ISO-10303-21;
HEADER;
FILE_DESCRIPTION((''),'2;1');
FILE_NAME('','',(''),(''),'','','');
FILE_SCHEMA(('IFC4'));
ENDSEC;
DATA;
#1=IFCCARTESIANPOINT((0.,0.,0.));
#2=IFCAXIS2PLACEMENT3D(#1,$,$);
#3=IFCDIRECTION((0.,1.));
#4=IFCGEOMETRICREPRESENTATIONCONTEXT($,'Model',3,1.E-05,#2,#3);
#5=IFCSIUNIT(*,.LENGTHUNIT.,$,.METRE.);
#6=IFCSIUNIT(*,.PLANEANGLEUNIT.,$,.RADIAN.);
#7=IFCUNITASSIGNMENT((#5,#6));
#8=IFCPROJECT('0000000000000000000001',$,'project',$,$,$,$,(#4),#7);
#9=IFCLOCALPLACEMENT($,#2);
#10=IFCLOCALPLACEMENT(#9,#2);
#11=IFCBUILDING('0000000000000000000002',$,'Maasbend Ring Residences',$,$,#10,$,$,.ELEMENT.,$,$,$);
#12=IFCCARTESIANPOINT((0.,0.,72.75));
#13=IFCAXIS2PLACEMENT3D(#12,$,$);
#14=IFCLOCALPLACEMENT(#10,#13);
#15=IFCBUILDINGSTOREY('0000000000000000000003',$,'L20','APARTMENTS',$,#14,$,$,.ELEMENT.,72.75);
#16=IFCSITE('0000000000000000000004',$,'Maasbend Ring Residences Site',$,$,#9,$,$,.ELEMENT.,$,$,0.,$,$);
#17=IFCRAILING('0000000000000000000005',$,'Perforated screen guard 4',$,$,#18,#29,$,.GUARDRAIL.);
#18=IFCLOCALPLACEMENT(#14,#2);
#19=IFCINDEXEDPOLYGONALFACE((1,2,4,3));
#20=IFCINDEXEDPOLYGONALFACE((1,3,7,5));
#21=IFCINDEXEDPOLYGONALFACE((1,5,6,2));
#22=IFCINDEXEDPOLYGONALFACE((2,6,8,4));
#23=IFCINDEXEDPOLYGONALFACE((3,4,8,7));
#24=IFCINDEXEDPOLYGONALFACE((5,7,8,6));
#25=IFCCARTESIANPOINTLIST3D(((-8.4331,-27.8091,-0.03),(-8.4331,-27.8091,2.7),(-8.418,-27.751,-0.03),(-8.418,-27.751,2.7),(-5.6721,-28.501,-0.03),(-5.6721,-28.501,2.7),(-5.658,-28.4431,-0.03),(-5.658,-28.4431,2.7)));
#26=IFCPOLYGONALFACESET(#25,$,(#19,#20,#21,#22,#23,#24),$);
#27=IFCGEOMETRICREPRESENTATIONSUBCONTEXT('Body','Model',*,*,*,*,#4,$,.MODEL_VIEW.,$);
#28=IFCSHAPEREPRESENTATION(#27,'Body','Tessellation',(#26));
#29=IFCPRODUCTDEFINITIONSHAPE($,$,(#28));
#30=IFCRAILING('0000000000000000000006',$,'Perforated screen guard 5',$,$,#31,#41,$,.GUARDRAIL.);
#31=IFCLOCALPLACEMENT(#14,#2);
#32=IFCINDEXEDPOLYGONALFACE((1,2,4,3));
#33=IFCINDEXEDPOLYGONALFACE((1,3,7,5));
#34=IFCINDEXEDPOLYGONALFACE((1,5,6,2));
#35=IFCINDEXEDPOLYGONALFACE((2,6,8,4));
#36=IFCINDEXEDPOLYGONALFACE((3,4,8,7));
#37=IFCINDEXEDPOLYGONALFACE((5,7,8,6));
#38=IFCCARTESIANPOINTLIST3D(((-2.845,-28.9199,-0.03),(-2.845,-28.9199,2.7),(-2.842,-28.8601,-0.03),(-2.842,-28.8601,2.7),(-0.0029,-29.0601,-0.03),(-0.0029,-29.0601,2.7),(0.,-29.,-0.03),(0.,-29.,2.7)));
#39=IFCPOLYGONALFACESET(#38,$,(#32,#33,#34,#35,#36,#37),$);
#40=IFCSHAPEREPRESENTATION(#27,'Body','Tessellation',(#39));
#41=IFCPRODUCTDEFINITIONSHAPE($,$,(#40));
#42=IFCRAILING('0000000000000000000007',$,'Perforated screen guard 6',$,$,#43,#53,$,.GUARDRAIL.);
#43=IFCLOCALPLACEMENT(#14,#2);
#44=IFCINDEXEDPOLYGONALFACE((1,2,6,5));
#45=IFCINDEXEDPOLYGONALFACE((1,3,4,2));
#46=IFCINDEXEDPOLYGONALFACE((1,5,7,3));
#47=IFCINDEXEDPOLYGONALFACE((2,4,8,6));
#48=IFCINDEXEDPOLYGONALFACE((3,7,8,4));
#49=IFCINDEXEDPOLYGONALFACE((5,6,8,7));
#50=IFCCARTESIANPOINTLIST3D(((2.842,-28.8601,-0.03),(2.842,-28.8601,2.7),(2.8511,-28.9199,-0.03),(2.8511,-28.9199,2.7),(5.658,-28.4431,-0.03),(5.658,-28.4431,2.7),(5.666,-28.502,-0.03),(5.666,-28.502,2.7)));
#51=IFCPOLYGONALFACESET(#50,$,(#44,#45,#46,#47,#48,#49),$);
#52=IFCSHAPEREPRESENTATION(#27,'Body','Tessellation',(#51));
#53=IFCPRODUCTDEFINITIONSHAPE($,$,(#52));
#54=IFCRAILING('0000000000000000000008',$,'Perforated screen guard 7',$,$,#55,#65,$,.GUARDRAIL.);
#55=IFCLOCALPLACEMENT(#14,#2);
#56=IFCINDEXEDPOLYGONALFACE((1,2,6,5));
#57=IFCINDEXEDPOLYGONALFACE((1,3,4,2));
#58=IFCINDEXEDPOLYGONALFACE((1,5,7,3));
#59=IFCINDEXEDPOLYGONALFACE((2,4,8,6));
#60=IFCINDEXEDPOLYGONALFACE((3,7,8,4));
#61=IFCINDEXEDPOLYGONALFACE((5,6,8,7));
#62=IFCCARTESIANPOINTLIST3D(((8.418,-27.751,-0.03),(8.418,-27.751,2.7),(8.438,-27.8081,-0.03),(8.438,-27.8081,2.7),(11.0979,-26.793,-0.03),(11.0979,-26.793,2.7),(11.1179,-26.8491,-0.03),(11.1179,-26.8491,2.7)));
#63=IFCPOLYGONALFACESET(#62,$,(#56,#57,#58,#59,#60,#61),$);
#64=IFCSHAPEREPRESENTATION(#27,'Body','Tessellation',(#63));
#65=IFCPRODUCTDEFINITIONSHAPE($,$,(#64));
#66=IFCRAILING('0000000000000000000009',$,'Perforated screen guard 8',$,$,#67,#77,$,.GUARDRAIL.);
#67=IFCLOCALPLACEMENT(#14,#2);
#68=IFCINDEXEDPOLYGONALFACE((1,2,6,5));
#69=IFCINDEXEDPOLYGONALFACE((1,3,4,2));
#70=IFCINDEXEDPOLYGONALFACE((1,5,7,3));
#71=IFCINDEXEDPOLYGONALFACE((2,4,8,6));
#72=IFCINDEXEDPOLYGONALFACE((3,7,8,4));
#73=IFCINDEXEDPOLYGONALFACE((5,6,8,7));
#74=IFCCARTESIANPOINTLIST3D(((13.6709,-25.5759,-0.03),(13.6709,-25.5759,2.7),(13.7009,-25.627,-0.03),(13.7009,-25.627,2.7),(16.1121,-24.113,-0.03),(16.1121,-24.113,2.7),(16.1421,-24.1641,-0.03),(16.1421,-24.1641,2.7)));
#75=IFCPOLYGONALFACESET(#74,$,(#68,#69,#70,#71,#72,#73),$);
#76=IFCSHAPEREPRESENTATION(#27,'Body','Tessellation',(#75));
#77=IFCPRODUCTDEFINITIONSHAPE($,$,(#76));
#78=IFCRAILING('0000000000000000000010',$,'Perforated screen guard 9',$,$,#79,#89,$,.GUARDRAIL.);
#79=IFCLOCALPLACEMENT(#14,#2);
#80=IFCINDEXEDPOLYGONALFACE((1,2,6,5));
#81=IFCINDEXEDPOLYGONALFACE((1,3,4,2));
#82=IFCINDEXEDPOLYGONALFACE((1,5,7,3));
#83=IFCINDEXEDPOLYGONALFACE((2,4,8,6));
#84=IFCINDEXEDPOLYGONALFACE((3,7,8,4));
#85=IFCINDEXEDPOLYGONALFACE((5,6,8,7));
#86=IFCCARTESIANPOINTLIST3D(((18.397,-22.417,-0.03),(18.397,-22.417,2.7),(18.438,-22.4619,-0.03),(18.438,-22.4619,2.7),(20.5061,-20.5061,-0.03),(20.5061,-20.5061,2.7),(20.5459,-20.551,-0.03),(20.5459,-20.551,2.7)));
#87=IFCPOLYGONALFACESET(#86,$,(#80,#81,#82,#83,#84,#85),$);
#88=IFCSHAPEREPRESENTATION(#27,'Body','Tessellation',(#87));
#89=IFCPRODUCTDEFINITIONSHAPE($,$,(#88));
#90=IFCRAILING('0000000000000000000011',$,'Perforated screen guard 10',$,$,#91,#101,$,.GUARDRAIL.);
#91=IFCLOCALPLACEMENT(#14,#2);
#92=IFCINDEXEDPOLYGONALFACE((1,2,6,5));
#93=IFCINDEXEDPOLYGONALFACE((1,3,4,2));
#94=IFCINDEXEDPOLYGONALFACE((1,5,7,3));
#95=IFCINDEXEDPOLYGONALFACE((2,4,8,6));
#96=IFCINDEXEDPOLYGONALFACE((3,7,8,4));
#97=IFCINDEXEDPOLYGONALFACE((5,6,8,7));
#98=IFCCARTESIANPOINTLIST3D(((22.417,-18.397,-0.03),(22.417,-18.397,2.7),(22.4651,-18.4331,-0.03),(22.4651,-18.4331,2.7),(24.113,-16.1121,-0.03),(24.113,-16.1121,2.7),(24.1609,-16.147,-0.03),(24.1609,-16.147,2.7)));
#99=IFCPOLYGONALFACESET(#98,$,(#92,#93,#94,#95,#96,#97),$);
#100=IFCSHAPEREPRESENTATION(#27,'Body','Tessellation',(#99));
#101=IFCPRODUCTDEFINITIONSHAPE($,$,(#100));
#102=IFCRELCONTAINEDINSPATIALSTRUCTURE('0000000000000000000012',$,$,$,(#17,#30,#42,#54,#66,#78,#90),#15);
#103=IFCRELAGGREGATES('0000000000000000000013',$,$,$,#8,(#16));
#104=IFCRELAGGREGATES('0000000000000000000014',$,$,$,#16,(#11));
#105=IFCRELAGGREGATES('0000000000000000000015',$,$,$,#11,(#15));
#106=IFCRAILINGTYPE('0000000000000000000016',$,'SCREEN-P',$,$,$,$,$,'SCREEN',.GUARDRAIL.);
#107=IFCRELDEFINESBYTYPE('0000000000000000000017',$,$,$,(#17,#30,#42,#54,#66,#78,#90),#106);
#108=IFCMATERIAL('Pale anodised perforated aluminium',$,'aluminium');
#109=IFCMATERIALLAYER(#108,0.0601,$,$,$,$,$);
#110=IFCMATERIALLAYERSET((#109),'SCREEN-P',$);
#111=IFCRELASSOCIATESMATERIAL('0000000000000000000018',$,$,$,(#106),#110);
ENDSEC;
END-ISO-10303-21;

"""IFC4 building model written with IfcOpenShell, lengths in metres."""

from ifc_helpers import new_model, si_unit, direction, frame, origin, place, context, subcontext, project, spatial, polyline, outline, extrude, material, layer, layer_set, type_object, element, save


model = new_model("IFC4")

# Units and contexts
model_context = context("Model", 3, precision=1e-05, world=origin(), true_north=direction((0.0, 1.0)))
body_context = subcontext(model_context, "Body", "Model", "MODEL_VIEW")
ifc_project = project(units=[si_unit("LENGTHUNIT", "METRE"), si_unit("PLANEANGLEUNIT", "RADIAN")], contexts=[model_context])

# Site, building, storey
site_placement = place(None, origin())
site = spatial("IfcSite", under=ifc_project, at=site_placement, Name="Maasbend Ring Residences Site", CompositionType="ELEMENT", RefElevation=0.0)
building_placement = place(site_placement, origin())
building = spatial("IfcBuilding", under=site, at=building_placement, Name="Maasbend Ring Residences", CompositionType="ELEMENT")
storey_placement = place(building_placement, frame((0.0, 0.0, 72.75)))
storey = spatial("IfcBuildingStorey", under=building, at=storey_placement, Name="L20", Description="APARTMENTS", CompositionType="ELEMENT", Elevation=72.75)

# Railings
ifc_material_1 = material(Name="Pale anodised perforated aluminium", Category="aluminium")
ifc_layer_1 = layer(ifc_material_1, 0.0601)
ifc_layer_set_1 = layer_set([ifc_layer_1], Name="SCREEN-P")
railing_type = type_object("IfcRailingType", Name="SCREEN-P", ElementType="SCREEN", PredefinedType="GUARDRAIL", material=ifc_layer_set_1)
railing_1_placement = place(storey_placement, frame((0.0, 0.0, -0.03)))
element("IfcRailing", 1, at=railing_1_placement, inside=storey, type_object=railing_type, Name="Perforated screen guard 4", PredefinedType="GUARDRAIL", context=body_context, shape_type="SweptSolid", body=[
    extrude(outline(polyline([(-8.418, -27.751), (-5.658, -28.4431), (-5.6721, -28.501), (-8.4331, -27.8091), (-8.418, -27.751)])), origin(), (0.0, 0.0, 1.0), 2.73),
])
railing_2_placement = place(storey_placement, frame((0.0, 0.0, -0.03)))
element("IfcRailing", 2, at=railing_2_placement, inside=storey, type_object=railing_type, Name="Perforated screen guard 5", PredefinedType="GUARDRAIL", context=body_context, shape_type="SweptSolid", body=[
    extrude(outline(polyline([(-2.842, -28.8601), (0.0, -29.0), (-0.0029, -29.0601), (-2.845, -28.9199), (-2.842, -28.8601)])), origin(), (0.0, 0.0, 1.0), 2.73),
])
railing_3_placement = place(storey_placement, frame((0.0, 0.0, -0.03)))
element("IfcRailing", 3, at=railing_3_placement, inside=storey, type_object=railing_type, Name="Perforated screen guard 6", PredefinedType="GUARDRAIL", context=body_context, shape_type="SweptSolid", body=[
    extrude(outline(polyline([(2.842, -28.8601), (5.658, -28.4431), (5.666, -28.502), (2.8511, -28.9199), (2.842, -28.8601)])), origin(), (0.0, 0.0, 1.0), 2.73),
])
railing_4_placement = place(storey_placement, frame((0.0, 0.0, -0.03)))
element("IfcRailing", 4, at=railing_4_placement, inside=storey, type_object=railing_type, Name="Perforated screen guard 7", PredefinedType="GUARDRAIL", context=body_context, shape_type="SweptSolid", body=[
    extrude(outline(polyline([(8.418, -27.751), (11.0979, -26.793), (11.1179, -26.8491), (8.438, -27.8081), (8.418, -27.751)])), origin(), (0.0, 0.0, 1.0), 2.73),
])
railing_5_placement = place(storey_placement, frame((0.0, 0.0, -0.03)))
element("IfcRailing", 5, at=railing_5_placement, inside=storey, type_object=railing_type, Name="Perforated screen guard 8", PredefinedType="GUARDRAIL", context=body_context, shape_type="SweptSolid", body=[
    extrude(outline(polyline([(13.6709, -25.5759), (16.1121, -24.113), (16.1421, -24.1641), (13.7009, -25.627), (13.6709, -25.5759)])), origin(), (0.0, 0.0, 1.0), 2.73),
])
railing_6_placement = place(storey_placement, frame((0.0, 0.0, -0.03)))
element("IfcRailing", 6, at=railing_6_placement, inside=storey, type_object=railing_type, Name="Perforated screen guard 9", PredefinedType="GUARDRAIL", context=body_context, shape_type="SweptSolid", body=[
    extrude(outline(polyline([(18.397, -22.417), (20.5061, -20.5061), (20.5459, -20.551), (18.438, -22.4619), (18.397, -22.417)])), origin(), (0.0, 0.0, 1.0), 2.73),
])
railing_7_placement = place(storey_placement, frame((0.0, 0.0, -0.03)))
element("IfcRailing", 7, at=railing_7_placement, inside=storey, type_object=railing_type, Name="Perforated screen guard 10", PredefinedType="GUARDRAIL", context=body_context, shape_type="SweptSolid", body=[
    extrude(outline(polyline([(22.417, -18.397), (24.113, -16.1121), (24.1609, -16.147), (22.4651, -18.4331), (22.417, -18.397)])), origin(), (0.0, 0.0, 1.0), 2.73),
])

save(model, "model.ifc")
